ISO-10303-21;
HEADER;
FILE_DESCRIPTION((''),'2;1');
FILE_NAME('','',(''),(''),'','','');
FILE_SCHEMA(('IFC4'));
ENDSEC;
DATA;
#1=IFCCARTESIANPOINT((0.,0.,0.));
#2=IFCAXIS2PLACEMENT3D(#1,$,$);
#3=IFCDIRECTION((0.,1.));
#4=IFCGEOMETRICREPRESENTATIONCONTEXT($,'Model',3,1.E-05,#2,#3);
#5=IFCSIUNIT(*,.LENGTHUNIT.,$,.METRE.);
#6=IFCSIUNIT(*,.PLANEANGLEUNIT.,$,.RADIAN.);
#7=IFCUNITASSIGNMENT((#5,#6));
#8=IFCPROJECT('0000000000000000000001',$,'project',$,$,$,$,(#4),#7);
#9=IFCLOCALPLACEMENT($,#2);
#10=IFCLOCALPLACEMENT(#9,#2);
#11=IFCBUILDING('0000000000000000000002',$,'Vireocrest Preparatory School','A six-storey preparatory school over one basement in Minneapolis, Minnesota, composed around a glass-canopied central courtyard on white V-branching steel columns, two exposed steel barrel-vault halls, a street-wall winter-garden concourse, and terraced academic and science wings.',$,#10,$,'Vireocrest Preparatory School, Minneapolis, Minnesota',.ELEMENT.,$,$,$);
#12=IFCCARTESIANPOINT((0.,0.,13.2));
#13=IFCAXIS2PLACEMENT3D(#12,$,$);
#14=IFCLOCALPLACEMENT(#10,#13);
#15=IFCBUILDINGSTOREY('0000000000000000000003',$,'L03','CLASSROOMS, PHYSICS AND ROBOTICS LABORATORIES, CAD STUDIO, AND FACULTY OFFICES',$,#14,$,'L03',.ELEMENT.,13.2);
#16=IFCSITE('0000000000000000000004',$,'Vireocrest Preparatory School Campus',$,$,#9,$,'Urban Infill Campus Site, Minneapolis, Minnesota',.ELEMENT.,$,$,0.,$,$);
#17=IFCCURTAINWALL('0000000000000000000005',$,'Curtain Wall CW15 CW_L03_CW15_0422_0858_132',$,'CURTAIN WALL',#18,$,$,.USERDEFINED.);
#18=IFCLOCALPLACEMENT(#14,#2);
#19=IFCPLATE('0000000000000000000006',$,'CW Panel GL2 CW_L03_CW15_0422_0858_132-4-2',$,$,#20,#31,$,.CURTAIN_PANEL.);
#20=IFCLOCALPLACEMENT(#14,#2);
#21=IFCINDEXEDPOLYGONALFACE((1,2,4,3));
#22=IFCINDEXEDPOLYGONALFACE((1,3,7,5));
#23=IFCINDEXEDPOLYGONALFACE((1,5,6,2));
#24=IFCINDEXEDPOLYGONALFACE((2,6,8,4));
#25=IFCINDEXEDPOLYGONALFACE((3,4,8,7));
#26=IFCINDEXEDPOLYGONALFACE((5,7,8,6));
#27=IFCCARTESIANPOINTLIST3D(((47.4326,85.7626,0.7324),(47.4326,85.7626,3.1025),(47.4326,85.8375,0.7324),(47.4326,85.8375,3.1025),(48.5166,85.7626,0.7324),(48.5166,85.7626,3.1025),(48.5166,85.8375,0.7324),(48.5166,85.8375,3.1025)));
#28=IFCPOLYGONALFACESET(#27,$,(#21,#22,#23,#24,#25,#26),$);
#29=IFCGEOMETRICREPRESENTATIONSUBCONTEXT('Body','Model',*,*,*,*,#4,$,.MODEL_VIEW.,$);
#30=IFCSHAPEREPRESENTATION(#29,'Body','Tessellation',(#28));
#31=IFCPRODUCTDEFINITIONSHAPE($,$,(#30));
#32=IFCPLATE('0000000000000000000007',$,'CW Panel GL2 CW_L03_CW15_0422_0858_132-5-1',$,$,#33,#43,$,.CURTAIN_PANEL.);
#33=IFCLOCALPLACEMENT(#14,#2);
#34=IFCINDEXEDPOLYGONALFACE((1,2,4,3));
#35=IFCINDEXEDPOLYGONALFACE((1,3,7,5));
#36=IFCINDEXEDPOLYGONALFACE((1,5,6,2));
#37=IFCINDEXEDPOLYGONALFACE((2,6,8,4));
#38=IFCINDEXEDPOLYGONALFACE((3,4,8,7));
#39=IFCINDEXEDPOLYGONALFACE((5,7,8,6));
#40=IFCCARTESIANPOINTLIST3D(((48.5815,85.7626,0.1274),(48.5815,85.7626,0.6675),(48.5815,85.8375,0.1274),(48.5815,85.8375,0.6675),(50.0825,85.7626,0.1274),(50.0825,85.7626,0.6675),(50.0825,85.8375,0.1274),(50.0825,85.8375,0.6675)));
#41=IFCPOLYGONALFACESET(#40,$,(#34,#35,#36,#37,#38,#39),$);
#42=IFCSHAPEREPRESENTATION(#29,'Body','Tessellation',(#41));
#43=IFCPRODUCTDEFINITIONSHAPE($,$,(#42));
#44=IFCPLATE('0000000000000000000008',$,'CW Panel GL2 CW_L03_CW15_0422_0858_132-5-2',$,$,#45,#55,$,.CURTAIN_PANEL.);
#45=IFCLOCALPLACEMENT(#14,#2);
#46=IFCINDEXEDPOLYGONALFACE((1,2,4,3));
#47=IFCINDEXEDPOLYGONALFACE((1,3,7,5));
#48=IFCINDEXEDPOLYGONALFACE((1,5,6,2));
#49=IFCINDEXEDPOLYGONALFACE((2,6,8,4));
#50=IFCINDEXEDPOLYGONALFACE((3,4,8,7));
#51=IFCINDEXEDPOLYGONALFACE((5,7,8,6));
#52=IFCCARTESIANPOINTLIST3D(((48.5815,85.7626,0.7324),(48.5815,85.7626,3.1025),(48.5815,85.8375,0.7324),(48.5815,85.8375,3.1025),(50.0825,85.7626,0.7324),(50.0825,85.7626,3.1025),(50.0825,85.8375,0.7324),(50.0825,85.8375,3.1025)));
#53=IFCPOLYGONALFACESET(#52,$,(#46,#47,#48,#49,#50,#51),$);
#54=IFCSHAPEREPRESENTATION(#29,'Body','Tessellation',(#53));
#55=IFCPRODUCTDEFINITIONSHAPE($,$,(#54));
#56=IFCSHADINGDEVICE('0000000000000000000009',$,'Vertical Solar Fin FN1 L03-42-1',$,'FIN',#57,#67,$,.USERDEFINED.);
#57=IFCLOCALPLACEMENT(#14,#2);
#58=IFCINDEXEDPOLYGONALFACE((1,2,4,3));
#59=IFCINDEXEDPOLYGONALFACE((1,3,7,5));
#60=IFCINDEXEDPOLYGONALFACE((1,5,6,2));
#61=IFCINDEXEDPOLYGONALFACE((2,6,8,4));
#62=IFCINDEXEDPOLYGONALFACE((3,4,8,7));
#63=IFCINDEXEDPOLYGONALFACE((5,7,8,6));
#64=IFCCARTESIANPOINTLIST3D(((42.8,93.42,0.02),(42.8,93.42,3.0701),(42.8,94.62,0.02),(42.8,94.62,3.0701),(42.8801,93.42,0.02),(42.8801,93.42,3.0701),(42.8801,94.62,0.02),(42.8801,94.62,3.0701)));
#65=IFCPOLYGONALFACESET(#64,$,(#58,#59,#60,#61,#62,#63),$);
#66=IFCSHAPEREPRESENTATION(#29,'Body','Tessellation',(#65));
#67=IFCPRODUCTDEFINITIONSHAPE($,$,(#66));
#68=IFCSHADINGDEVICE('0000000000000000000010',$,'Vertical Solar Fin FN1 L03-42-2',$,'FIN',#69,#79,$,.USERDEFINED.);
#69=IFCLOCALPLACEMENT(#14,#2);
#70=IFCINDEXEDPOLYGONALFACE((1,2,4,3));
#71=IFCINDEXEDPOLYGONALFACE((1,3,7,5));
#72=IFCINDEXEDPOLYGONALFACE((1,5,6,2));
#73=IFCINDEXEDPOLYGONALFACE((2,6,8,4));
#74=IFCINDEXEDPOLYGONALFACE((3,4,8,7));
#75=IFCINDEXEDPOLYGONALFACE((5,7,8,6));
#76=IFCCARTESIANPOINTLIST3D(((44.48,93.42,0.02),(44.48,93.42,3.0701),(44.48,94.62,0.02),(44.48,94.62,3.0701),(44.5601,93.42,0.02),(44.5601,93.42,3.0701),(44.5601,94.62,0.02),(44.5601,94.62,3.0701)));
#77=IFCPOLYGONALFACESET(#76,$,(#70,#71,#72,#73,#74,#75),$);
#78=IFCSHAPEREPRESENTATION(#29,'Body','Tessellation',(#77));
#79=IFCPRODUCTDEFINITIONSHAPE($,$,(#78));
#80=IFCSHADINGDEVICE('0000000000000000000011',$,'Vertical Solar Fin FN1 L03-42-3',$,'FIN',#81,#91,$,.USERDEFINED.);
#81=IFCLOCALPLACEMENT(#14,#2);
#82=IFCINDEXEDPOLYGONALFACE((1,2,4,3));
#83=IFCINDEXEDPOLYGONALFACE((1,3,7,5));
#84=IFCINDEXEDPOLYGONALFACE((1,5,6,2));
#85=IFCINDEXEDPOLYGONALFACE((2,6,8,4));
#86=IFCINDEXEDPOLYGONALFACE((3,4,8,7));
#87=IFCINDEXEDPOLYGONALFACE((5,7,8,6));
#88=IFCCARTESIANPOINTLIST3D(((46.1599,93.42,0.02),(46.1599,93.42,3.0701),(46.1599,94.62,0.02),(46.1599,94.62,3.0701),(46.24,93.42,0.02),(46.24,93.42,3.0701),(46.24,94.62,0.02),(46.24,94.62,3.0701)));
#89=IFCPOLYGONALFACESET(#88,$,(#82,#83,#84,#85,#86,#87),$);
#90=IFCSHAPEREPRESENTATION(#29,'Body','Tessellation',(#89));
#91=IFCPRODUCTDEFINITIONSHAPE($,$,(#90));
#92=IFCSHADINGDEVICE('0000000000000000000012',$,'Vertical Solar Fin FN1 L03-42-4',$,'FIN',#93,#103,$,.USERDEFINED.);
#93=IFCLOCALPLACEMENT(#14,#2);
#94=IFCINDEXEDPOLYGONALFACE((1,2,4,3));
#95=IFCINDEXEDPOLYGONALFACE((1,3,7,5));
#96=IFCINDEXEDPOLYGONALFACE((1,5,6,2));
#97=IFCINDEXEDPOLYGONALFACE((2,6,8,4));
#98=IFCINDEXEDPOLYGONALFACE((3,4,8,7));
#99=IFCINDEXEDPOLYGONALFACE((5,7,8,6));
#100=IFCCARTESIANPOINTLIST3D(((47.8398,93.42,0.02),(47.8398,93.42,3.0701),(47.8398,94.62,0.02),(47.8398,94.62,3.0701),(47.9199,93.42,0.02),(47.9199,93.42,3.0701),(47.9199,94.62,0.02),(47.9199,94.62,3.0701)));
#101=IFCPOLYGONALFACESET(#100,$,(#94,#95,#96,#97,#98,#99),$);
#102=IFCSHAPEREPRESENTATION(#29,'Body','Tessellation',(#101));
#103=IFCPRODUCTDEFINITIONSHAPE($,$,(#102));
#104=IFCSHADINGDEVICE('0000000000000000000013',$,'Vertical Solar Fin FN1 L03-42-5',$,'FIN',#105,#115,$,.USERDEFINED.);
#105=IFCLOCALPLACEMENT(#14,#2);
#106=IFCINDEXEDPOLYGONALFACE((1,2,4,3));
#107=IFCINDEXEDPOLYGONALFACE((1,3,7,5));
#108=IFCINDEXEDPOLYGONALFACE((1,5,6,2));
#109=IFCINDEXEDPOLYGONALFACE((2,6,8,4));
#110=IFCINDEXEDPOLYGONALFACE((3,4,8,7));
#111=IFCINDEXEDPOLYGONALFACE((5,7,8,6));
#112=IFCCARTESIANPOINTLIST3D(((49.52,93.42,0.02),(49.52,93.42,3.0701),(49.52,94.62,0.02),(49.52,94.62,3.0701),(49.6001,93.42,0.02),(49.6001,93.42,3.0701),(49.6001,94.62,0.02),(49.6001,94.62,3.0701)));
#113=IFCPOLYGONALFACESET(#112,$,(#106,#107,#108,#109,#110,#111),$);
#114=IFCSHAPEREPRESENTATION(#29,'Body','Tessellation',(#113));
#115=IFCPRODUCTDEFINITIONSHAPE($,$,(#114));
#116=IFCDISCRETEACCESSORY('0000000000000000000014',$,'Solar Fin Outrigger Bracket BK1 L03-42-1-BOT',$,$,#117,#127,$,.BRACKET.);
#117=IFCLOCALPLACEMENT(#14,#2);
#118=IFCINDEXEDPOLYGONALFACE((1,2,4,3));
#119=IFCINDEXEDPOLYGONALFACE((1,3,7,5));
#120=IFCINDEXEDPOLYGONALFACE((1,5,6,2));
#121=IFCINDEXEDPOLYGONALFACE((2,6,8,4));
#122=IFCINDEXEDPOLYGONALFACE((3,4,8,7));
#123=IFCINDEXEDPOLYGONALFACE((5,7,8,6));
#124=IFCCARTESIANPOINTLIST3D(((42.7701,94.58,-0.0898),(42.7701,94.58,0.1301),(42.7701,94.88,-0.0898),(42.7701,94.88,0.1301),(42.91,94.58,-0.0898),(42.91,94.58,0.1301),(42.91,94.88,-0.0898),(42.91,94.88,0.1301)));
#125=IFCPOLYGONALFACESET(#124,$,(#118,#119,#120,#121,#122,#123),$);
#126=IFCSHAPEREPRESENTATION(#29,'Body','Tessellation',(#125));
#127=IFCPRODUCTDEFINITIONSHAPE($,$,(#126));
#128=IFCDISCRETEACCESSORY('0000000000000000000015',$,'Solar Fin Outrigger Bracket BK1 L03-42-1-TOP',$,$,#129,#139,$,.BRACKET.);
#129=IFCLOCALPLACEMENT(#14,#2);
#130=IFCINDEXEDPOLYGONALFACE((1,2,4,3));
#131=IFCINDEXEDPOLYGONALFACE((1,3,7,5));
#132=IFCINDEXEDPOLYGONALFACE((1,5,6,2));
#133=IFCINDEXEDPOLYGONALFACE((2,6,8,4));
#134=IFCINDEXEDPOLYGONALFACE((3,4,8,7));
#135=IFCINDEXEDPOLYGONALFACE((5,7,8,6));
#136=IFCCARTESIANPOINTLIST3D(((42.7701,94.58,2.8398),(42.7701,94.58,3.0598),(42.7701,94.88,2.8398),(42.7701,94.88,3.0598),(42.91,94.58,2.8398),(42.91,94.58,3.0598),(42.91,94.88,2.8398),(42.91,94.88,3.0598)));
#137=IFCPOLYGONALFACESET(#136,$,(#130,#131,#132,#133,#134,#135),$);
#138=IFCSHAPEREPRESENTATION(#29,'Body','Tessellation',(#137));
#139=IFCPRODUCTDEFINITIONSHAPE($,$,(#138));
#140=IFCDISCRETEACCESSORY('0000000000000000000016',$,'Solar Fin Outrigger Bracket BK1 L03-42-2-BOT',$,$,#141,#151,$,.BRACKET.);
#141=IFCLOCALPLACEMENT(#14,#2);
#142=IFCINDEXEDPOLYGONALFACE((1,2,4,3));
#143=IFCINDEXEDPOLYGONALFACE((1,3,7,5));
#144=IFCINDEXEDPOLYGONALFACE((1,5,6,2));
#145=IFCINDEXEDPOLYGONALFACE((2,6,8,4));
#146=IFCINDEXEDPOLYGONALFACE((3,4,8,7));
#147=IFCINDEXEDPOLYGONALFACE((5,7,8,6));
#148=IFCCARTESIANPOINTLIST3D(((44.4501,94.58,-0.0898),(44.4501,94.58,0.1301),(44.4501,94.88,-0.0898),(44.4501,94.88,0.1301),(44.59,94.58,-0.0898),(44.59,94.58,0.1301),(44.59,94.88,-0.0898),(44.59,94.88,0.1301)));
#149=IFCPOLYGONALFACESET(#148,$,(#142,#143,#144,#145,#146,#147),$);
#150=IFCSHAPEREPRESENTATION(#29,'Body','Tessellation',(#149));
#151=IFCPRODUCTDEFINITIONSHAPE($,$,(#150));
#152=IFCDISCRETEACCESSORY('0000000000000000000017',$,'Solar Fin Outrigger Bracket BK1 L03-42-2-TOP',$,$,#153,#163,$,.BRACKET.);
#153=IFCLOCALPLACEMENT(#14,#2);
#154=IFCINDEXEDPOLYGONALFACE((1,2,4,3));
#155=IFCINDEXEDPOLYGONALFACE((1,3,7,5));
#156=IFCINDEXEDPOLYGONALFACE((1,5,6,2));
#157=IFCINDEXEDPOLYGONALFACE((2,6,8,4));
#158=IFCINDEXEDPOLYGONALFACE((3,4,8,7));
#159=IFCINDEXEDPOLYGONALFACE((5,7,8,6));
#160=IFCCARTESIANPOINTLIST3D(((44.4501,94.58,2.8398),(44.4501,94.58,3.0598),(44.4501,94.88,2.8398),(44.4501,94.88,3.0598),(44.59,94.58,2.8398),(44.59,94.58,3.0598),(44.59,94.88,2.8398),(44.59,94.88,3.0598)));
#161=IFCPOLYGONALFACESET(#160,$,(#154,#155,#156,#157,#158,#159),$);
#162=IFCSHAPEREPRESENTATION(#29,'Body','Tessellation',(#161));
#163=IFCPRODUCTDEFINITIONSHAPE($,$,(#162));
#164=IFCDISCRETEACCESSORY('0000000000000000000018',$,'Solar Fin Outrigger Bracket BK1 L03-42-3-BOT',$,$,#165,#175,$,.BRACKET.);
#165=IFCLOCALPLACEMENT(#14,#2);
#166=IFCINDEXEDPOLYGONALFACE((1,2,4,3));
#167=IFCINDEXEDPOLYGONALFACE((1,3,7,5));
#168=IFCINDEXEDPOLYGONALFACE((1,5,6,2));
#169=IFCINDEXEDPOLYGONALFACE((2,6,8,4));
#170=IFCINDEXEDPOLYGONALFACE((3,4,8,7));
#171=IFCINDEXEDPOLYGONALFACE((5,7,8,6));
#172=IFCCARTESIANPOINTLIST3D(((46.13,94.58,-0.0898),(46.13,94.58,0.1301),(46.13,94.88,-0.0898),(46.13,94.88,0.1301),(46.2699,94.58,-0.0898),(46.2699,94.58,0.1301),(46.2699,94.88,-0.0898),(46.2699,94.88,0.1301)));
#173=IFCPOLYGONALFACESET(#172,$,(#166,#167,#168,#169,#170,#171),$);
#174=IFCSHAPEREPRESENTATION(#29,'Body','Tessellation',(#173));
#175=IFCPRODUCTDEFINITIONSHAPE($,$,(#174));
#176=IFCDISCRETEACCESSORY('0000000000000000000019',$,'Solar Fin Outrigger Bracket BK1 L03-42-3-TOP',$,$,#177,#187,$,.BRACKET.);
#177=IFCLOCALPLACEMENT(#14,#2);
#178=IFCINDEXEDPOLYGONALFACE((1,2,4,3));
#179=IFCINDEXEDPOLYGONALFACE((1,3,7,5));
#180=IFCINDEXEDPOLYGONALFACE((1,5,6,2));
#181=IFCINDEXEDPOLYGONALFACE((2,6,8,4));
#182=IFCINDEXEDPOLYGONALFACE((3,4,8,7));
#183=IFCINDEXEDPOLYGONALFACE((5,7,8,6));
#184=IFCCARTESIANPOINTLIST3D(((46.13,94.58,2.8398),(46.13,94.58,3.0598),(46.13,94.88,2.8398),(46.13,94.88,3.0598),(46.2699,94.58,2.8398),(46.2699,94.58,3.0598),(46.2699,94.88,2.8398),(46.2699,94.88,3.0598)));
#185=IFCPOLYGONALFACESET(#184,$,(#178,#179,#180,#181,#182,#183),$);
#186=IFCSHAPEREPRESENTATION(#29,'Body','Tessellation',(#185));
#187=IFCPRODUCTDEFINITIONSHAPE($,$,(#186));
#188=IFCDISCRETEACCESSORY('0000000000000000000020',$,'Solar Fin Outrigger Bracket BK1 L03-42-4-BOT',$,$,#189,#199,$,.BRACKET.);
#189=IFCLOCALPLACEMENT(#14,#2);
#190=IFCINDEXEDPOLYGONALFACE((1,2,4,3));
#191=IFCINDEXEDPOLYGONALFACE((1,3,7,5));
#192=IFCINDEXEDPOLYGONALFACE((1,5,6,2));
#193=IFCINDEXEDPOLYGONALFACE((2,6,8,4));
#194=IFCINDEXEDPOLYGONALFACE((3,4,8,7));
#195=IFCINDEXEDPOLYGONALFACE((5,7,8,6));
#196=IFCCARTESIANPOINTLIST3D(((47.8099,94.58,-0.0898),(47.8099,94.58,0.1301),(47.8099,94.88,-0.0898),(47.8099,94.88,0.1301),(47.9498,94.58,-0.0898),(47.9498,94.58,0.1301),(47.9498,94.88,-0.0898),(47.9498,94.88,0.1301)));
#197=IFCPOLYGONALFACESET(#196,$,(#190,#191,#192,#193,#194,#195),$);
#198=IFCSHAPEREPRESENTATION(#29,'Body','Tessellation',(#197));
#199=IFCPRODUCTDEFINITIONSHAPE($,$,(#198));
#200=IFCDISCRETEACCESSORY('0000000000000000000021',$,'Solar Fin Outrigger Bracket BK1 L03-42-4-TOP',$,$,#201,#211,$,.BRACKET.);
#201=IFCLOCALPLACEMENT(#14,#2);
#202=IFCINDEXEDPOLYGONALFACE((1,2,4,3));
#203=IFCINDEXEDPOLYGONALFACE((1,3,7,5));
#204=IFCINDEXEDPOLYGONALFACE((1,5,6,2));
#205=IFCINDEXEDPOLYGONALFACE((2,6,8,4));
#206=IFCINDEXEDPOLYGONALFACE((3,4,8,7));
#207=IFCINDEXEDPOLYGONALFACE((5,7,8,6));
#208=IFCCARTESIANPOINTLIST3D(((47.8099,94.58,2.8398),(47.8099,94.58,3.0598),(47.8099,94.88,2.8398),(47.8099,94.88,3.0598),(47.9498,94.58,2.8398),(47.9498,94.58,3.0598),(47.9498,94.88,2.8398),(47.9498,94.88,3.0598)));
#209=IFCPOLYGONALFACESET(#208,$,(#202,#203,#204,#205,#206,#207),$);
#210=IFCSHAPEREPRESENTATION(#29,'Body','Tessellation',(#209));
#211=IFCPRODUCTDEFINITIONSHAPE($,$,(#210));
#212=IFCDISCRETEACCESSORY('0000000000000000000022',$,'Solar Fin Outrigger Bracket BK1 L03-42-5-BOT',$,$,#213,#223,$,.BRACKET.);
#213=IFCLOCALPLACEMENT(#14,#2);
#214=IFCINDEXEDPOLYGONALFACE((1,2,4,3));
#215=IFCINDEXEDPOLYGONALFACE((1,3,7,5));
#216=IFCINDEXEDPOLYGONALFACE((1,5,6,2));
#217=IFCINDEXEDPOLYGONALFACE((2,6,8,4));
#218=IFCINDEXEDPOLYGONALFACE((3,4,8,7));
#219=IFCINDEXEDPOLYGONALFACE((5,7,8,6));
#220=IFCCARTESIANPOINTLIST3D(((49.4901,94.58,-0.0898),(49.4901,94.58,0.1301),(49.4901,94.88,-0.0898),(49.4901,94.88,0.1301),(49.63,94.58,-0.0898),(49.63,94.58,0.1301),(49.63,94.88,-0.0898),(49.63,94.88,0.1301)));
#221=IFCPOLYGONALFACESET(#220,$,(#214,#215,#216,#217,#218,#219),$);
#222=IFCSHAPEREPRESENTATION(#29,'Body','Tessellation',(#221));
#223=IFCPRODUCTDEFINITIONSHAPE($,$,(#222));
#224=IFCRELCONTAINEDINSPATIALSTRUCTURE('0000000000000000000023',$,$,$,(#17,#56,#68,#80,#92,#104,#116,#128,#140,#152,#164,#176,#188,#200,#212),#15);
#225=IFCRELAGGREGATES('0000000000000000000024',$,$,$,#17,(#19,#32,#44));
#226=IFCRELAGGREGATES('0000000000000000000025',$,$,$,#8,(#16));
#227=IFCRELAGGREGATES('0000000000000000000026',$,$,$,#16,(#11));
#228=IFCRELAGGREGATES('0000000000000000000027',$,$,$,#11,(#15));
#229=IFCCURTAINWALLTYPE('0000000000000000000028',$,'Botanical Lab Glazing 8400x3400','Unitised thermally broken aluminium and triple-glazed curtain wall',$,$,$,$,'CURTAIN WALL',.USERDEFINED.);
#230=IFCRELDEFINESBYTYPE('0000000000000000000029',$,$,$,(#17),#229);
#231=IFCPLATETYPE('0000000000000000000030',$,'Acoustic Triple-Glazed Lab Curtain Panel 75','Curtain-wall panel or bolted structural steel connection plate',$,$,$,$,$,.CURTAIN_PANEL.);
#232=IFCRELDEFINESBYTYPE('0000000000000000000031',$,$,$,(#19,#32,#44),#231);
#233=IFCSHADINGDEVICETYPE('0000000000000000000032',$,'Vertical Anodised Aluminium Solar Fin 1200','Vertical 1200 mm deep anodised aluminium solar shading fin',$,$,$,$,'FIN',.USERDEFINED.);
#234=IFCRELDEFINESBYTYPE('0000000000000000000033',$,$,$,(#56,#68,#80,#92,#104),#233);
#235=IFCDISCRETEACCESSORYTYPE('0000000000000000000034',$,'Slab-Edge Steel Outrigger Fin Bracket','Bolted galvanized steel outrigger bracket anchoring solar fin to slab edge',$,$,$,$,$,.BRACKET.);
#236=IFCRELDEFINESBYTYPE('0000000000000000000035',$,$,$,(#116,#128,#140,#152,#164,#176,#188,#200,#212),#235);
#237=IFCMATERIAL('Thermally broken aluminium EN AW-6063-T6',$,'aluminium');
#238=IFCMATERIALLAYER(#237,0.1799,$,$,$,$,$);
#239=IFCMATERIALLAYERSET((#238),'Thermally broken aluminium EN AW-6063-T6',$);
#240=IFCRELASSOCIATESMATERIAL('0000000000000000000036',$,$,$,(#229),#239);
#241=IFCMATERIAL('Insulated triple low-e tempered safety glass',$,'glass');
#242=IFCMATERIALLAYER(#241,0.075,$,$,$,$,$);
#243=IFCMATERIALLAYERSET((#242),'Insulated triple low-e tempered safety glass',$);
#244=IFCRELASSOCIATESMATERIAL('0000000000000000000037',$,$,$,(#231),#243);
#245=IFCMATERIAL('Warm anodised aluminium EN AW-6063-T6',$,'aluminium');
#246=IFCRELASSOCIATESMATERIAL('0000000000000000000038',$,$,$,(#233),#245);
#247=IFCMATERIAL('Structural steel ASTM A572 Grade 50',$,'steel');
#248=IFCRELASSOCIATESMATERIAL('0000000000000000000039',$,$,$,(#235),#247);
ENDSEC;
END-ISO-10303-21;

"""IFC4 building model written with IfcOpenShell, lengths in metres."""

from ifc_helpers import new_model, si_unit, direction, frame, origin, origin_2d, place, context, subcontext, project, spatial, rectangle, extrude, material, layer, layer_set, material_profile, profile_set, type_object, element, aggregate, save


model = new_model("IFC4")

# Units and contexts
model_context = context("Model", 3, precision=1e-05, world=origin(), true_north=direction((0.0, 1.0)))
body_context = subcontext(model_context, "Body", "Model", "MODEL_VIEW")
ifc_project = project(units=[si_unit("LENGTHUNIT", "METRE"), si_unit("PLANEANGLEUNIT", "RADIAN")], contexts=[model_context])

# Site, building, storey
site_placement = place(None, origin())
site = spatial("IfcSite", under=ifc_project, at=site_placement, Name="Vireocrest Preparatory School Campus", LongName="Urban Infill Campus Site, Minneapolis, Minnesota", CompositionType="ELEMENT", RefElevation=0.0)
building_placement = place(site_placement, origin())
building = spatial("IfcBuilding", under=site, at=building_placement, Name="Vireocrest Preparatory School", Description="A six-storey preparatory school over one basement in Minneapolis, Minnesota, composed around a glass-canopied central courtyard on white V-branching steel columns, two exposed steel barrel-vault halls, a street-wall winter-garden concourse, and terraced academic and science wings.", LongName="Vireocrest Preparatory School, Minneapolis, Minnesota", CompositionType="ELEMENT")
storey_placement = place(building_placement, frame((0.0, 0.0, 13.2)))
storey = spatial("IfcBuildingStorey", under=building, at=storey_placement, Name="L03", Description="CLASSROOMS, PHYSICS AND ROBOTICS LABORATORIES, CAD STUDIO, AND FACULTY OFFICES", LongName="L03", CompositionType="ELEMENT", Elevation=13.2)

# Curtain wall, plates
ifc_material_1 = material(Name="Thermally broken aluminium EN AW-6063-T6", Category="aluminium")
ifc_layer_1 = layer(ifc_material_1, 0.1799)
ifc_layer_set_1 = layer_set([ifc_layer_1], Name="Thermally broken aluminium EN AW-6063-T6")
curtain_wall_type = type_object("IfcCurtainWallType", Name="Botanical Lab Glazing 8400x3400", Description="Unitised thermally broken aluminium and triple-glazed curtain wall", ElementType="CURTAIN WALL", PredefinedType="USERDEFINED", material=ifc_layer_set_1)
curtain_wall_placement = place(storey_placement, origin())
curtain_wall = element("IfcCurtainWall", 1, at=curtain_wall_placement, inside=storey, type_object=curtain_wall_type, Name="Curtain Wall CW15 CW_L03_CW15_0422_0858_132", ObjectType="CURTAIN WALL", PredefinedType="USERDEFINED")
ifc_material_2 = material(Name="Insulated triple low-e tempered safety glass", Category="glass")
ifc_layer_2 = layer(ifc_material_2, 0.075)
ifc_layer_set_2 = layer_set([ifc_layer_2], Name="Insulated triple low-e tempered safety glass")
plate_type = type_object("IfcPlateType", Name="Acoustic Triple-Glazed Lab Curtain Panel 75", Description="Curtain-wall panel or bolted structural steel connection plate", PredefinedType="CURTAIN_PANEL", material=ifc_layer_set_2)
plate_1_placement = place(storey_placement, frame((47.9746, 85.8, 0.7324), z_axis=(0.0, 0.0, 1.0), x_axis=(1.0, 0.0, 0.0)))
plate_1 = element("IfcPlate", 2, at=plate_1_placement, type_object=plate_type, Name="CW Panel GL2 CW_L03_CW15_0422_0858_132-4-2", PredefinedType="CURTAIN_PANEL", context=body_context, shape_type="SweptSolid", body=[
    extrude(rectangle(XDim=1.084, YDim=0.075, at=origin_2d()), origin(), (0.0, 0.0, 1.0), 2.3701),
])
plate_2_placement = place(storey_placement, frame((49.332, 85.8, 0.1274), z_axis=(0.0, 0.0, 1.0), x_axis=(1.0, 0.0, 0.0)))
plate_2 = element("IfcPlate", 3, at=plate_2_placement, type_object=plate_type, Name="CW Panel GL2 CW_L03_CW15_0422_0858_132-5-1", PredefinedType="CURTAIN_PANEL", context=body_context, shape_type="SweptSolid", body=[
    extrude(rectangle(XDim=1.501, YDim=0.075, at=origin_2d()), origin(), (0.0, 0.0, 1.0), 0.54),
])
plate_3_placement = place(storey_placement, frame((49.332, 85.8, 0.7324), z_axis=(0.0, 0.0, 1.0), x_axis=(1.0, 0.0, 0.0)))
plate_3 = element("IfcPlate", 4, at=plate_3_placement, type_object=plate_type, Name="CW Panel GL2 CW_L03_CW15_0422_0858_132-5-2", PredefinedType="CURTAIN_PANEL", context=body_context, shape_type="SweptSolid", body=[
    extrude(rectangle(XDim=1.501, YDim=0.075, at=origin_2d()), origin(), (0.0, 0.0, 1.0), 2.3701),
])
aggregate(curtain_wall, [plate_1, plate_2, plate_3])

# Shading devices
ifc_material_3 = material(Name="Warm anodised aluminium EN AW-6063-T6", Category="aluminium")
ifc_material_profile_1 = material_profile(ifc_material_3, rectangle(XDim=0.0801, YDim=1.2, at=origin_2d()), Name="FIN 80x1200")
ifc_profile_set_1 = profile_set([ifc_material_profile_1], Name="Warm anodised aluminium EN AW-6063-T6")
shading_device_type = type_object("IfcShadingDeviceType", Name="Vertical Anodised Aluminium Solar Fin 1200", Description="Vertical 1200 mm deep anodised aluminium solar shading fin", ElementType="FIN", PredefinedType="USERDEFINED", material=ifc_profile_set_1)
for number, where, z_axis, x_axis, name in (
    (5, (42.8401, 94.02, 0.02), (0.0, 0.0, 1.0), (-1.0, 0.0, 0.0), "Vertical Solar Fin FN1 L03-42-1"),
    (6, (44.52, 94.02, 0.02), (0.0, 0.0, 1.0), (-1.0, 0.0, 0.0), "Vertical Solar Fin FN1 L03-42-2"),
    (7, (46.2, 94.02, 0.02), (0.0, 0.0, 1.0), (-1.0, 0.0, 0.0), "Vertical Solar Fin FN1 L03-42-3"),
    (8, (47.8799, 94.02, 0.02), (0.0, 0.0, 1.0), (-1.0, 0.0, 0.0), "Vertical Solar Fin FN1 L03-42-4"),
    (9, (49.5601, 94.02, 0.02), (0.0, 0.0, 1.0), (-1.0, 0.0, 0.0), "Vertical Solar Fin FN1 L03-42-5"),
):
    element("IfcShadingDevice", number, at=place(storey_placement, frame(where, z_axis=z_axis, x_axis=x_axis)), inside=storey, type_object=shading_device_type, Name=name, ObjectType="FIN", PredefinedType="USERDEFINED", context=body_context, shape_type="SweptSolid", body=[
        extrude(rectangle(XDim=0.0801, YDim=1.2, at=origin_2d()), origin(), (0.0, 0.0, 1.0), 3.05),
    ])

# Discrete accessories
ifc_material_4 = material(Name="Structural steel ASTM A572 Grade 50", Category="steel")
discrete_accessory_type = type_object("IfcDiscreteAccessoryType", Name="Slab-Edge Steel Outrigger Fin Bracket", Description="Bolted galvanized steel outrigger bracket anchoring solar fin to slab edge", PredefinedType="BRACKET", material=ifc_material_4)
for number, where, z_axis, x_axis, name in (
    (10, (42.8401, 94.73, -0.0898), (0.0, 0.0, 1.0), (-1.0, 0.0, 0.0), "Solar Fin Outrigger Bracket BK1 L03-42-1-BOT"),
    (11, (42.8401, 94.73, 2.8398), (0.0, 0.0, 1.0), (-1.0, 0.0, 0.0), "Solar Fin Outrigger Bracket BK1 L03-42-1-TOP"),
    (12, (44.52, 94.73, -0.0898), (0.0, 0.0, 1.0), (-1.0, 0.0, 0.0), "Solar Fin Outrigger Bracket BK1 L03-42-2-BOT"),
    (13, (44.52, 94.73, 2.8398), (0.0, 0.0, 1.0), (-1.0, 0.0, 0.0), "Solar Fin Outrigger Bracket BK1 L03-42-2-TOP"),
    (14, (46.2, 94.73, -0.0898), (0.0, 0.0, 1.0), (-1.0, 0.0, 0.0), "Solar Fin Outrigger Bracket BK1 L03-42-3-BOT"),
    (15, (46.2, 94.73, 2.8398), (0.0, 0.0, 1.0), (-1.0, 0.0, 0.0), "Solar Fin Outrigger Bracket BK1 L03-42-3-TOP"),
    (16, (47.8799, 94.73, -0.0898), (0.0, 0.0, 1.0), (-1.0, 0.0, 0.0), "Solar Fin Outrigger Bracket BK1 L03-42-4-BOT"),
    (17, (47.8799, 94.73, 2.8398), (0.0, 0.0, 1.0), (-1.0, 0.0, 0.0), "Solar Fin Outrigger Bracket BK1 L03-42-4-TOP"),
    (18, (49.5601, 94.73, -0.0898), (0.0, 0.0, 1.0), (-1.0, 0.0, 0.0), "Solar Fin Outrigger Bracket BK1 L03-42-5-BOT"),
):
    element("IfcDiscreteAccessory", number, at=place(storey_placement, frame(where, z_axis=z_axis, x_axis=x_axis)), inside=storey, type_object=discrete_accessory_type, Name=name, PredefinedType="BRACKET", context=body_context, shape_type="SweptSolid", body=[
        extrude(rectangle(XDim=0.1399, YDim=0.3, at=origin_2d()), origin(), (0.0, 0.0, 1.0), 0.22),
    ])

save(model, "model.ifc")
